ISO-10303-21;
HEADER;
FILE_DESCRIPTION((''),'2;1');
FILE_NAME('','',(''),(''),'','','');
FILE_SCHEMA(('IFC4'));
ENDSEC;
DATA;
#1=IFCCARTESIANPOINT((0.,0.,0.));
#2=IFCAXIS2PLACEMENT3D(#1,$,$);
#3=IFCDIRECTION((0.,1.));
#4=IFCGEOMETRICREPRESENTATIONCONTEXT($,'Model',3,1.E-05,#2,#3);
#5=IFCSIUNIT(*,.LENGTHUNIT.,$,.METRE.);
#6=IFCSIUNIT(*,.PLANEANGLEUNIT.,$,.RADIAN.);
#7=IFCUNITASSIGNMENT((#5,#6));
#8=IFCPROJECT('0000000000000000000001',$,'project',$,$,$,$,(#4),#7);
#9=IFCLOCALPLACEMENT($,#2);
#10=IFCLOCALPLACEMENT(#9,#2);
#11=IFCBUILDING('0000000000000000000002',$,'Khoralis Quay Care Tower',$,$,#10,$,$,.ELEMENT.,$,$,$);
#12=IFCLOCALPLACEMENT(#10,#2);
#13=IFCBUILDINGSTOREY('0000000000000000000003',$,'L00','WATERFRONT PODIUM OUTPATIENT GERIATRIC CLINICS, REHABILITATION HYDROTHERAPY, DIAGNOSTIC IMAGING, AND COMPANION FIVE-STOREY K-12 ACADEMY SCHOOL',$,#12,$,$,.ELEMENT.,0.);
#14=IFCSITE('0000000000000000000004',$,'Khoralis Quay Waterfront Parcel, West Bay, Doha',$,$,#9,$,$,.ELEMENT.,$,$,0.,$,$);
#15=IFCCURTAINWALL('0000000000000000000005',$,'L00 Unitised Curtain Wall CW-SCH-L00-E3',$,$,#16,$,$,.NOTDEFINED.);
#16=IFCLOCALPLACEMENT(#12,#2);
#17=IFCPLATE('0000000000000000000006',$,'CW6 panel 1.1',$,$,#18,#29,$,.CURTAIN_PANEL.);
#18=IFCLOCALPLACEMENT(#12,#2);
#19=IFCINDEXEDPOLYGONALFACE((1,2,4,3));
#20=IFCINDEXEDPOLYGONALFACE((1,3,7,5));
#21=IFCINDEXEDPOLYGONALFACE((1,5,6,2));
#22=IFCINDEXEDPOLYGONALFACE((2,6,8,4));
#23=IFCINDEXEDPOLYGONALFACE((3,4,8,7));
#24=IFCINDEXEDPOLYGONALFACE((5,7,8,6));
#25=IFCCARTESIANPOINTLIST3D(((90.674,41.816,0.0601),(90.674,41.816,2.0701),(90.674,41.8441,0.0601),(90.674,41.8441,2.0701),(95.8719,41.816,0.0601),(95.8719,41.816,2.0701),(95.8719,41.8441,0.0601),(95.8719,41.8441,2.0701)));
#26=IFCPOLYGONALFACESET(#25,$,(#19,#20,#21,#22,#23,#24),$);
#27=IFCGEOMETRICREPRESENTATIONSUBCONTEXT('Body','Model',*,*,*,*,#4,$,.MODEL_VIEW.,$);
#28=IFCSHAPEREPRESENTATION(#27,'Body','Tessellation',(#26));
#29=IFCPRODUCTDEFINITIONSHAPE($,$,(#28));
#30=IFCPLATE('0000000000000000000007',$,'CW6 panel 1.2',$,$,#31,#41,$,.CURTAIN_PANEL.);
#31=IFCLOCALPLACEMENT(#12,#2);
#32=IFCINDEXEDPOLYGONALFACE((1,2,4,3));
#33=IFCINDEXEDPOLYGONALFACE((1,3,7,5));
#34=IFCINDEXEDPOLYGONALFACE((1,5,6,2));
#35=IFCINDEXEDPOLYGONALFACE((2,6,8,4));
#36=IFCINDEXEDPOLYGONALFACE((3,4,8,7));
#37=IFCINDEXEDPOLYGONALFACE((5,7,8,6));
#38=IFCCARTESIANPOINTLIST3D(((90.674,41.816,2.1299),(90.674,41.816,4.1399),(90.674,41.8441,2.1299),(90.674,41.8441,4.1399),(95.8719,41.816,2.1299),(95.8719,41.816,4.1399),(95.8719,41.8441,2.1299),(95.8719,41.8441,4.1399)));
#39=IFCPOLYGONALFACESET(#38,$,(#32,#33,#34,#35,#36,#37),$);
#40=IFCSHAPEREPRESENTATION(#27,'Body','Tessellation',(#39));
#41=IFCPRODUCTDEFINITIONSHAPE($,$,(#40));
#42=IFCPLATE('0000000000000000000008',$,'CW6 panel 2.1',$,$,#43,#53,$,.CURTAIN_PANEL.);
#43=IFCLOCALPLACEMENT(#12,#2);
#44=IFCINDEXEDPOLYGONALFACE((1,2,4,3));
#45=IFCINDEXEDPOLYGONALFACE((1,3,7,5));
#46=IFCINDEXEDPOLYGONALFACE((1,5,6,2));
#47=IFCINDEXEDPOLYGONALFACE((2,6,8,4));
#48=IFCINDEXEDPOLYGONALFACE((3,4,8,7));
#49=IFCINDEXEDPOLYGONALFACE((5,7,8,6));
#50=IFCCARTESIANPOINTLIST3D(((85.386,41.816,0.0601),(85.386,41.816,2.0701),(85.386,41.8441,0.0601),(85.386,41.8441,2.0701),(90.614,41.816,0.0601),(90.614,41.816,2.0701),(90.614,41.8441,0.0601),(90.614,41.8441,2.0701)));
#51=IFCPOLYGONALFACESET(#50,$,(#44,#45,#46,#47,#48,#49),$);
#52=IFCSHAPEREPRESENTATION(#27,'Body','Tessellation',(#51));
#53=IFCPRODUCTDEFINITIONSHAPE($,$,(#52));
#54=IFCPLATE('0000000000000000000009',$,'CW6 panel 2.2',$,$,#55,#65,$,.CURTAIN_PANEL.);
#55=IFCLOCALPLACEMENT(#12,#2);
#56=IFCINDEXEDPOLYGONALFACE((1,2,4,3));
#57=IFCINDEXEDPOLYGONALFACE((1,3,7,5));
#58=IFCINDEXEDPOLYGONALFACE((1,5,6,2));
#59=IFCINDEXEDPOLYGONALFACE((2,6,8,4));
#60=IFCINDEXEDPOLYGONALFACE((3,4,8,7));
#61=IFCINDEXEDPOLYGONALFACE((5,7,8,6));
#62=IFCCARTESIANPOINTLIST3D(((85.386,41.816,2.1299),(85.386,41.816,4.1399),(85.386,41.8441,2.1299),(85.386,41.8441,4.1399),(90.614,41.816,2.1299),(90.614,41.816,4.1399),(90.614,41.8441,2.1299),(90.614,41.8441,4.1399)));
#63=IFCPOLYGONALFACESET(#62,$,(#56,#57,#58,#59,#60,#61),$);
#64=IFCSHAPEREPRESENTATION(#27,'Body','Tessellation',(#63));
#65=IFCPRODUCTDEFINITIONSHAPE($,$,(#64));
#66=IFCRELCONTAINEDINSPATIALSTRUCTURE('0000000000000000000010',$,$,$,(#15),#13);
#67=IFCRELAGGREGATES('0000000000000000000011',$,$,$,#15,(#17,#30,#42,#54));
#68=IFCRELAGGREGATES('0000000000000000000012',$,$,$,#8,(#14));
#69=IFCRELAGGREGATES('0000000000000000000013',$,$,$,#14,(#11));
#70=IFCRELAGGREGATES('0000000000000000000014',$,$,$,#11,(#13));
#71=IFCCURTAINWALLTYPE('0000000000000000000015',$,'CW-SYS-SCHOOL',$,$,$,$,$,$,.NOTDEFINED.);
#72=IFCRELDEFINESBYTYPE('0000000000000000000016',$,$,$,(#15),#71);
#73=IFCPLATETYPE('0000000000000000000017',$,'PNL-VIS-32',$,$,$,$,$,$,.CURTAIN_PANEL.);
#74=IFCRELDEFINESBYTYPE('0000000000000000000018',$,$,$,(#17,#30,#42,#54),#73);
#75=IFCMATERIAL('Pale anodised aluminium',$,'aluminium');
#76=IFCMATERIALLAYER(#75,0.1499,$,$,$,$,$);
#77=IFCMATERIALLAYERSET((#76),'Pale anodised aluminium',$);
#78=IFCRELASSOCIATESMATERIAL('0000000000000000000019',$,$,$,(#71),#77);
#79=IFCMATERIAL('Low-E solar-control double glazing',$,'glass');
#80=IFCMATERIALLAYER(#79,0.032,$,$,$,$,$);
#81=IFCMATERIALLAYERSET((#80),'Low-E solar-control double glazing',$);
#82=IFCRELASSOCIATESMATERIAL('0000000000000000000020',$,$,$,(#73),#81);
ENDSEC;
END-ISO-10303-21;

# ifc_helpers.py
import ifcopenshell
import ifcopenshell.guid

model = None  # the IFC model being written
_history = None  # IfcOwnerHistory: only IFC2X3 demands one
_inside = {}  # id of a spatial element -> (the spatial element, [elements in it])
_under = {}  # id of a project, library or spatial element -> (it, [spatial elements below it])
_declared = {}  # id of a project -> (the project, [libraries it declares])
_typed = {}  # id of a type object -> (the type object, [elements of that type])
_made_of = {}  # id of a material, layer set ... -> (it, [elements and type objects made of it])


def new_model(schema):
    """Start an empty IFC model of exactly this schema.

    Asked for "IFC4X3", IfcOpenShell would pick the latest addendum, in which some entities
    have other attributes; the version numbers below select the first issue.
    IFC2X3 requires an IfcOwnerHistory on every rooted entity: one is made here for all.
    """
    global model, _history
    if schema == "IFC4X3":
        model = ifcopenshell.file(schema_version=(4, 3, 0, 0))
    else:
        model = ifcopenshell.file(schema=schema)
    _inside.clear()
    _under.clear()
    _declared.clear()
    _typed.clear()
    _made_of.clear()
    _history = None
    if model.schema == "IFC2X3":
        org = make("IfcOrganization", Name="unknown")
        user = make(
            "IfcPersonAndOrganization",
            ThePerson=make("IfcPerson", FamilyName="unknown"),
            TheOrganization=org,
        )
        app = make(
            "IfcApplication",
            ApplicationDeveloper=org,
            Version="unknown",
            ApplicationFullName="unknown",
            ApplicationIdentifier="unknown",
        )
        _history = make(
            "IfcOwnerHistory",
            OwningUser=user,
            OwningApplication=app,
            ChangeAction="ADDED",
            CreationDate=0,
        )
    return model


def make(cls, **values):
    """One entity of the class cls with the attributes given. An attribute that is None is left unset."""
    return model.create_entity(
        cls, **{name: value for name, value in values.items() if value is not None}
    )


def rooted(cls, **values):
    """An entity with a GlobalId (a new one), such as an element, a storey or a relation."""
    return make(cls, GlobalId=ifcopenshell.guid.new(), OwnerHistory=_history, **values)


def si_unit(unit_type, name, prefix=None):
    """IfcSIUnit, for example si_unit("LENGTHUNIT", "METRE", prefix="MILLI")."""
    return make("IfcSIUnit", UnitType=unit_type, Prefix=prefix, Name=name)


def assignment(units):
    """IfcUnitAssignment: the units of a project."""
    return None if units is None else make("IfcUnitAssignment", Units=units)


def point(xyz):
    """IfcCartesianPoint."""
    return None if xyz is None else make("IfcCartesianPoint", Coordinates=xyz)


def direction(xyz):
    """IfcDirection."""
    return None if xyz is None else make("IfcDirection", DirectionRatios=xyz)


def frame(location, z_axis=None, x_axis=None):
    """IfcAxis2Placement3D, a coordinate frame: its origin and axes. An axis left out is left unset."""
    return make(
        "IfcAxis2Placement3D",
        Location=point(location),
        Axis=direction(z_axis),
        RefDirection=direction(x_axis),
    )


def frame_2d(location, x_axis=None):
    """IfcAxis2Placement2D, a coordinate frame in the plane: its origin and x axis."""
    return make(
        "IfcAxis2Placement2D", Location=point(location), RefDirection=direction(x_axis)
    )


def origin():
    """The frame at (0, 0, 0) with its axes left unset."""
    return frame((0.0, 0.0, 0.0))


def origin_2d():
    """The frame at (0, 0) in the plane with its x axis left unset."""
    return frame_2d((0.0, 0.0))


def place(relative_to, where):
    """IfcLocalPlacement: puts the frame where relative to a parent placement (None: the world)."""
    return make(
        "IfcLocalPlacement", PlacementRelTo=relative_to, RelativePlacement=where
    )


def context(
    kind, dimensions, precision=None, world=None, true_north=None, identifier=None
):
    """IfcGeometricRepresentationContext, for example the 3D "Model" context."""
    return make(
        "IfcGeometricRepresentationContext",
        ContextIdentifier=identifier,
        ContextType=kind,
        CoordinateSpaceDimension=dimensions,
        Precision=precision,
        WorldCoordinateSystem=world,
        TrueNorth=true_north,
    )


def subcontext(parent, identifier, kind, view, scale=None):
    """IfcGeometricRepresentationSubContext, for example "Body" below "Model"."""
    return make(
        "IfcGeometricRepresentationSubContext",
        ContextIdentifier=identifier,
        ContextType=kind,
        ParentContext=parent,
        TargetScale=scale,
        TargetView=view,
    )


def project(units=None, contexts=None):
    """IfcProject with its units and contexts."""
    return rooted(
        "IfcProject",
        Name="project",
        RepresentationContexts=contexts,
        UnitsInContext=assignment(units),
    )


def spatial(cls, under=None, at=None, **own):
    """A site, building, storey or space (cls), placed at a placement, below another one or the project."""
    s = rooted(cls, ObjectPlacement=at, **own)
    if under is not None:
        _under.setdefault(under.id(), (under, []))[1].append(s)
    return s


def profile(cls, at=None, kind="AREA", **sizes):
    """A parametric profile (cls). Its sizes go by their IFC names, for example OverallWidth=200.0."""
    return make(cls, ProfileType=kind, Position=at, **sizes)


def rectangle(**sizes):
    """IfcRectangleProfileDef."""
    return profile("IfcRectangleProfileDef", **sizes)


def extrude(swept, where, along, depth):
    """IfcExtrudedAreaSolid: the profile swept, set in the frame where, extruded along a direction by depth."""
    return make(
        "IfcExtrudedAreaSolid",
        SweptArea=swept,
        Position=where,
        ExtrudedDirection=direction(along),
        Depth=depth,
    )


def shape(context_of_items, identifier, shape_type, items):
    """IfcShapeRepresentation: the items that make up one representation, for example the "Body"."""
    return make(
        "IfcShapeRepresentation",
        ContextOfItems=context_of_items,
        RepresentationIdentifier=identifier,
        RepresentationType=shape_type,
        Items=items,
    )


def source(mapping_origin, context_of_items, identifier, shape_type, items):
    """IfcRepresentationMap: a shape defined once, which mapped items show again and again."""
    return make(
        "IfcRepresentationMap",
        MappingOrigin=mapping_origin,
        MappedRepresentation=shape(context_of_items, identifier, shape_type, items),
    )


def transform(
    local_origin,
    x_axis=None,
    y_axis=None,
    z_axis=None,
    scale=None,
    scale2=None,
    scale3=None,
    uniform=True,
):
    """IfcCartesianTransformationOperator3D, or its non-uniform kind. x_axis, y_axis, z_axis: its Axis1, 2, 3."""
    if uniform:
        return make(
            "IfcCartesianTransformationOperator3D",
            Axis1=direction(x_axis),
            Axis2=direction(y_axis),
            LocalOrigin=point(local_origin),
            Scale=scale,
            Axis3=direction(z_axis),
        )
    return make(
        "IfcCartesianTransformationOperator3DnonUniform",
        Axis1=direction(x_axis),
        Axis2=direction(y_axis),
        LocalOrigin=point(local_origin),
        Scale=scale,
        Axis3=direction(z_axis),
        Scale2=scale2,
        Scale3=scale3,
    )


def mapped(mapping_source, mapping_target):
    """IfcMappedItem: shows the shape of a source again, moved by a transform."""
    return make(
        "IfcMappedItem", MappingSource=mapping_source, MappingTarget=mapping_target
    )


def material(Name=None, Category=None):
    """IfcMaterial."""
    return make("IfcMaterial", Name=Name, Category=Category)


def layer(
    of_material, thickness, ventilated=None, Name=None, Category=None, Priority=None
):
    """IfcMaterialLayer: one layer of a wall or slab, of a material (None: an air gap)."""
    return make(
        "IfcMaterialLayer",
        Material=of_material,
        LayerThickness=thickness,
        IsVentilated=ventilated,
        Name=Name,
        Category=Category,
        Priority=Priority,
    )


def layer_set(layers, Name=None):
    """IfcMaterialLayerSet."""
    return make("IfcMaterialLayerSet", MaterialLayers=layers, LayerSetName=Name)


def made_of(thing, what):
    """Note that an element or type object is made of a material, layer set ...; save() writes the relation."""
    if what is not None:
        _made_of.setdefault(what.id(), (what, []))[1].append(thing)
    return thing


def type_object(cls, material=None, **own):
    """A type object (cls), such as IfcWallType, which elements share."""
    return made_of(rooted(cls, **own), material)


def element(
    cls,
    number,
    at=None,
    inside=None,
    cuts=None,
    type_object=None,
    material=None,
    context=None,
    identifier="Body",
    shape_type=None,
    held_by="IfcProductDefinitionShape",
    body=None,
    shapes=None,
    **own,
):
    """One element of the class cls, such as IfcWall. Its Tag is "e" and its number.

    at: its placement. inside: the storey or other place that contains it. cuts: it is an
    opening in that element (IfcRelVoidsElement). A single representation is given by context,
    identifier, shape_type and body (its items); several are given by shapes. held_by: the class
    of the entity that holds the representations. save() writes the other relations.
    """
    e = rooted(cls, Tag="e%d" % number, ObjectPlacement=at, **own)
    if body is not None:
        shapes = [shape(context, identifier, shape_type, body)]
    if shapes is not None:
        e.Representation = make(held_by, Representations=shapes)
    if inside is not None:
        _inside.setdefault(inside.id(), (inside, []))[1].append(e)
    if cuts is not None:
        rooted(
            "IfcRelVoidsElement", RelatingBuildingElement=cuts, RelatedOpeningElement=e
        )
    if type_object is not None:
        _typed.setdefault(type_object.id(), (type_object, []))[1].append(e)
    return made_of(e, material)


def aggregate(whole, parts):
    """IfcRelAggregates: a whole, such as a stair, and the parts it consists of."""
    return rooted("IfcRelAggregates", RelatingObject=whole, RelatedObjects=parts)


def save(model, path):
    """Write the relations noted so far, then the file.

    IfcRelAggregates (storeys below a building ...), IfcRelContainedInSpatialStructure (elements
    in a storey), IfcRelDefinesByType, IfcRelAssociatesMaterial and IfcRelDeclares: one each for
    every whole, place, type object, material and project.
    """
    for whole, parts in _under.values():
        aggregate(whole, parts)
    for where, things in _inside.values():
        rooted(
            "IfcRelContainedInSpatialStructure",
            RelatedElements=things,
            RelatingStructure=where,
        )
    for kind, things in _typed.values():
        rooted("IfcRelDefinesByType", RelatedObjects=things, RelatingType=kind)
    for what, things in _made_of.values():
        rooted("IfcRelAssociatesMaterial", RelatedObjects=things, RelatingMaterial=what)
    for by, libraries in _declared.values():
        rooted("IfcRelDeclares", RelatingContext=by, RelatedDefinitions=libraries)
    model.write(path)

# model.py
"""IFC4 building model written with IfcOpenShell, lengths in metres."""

from ifc_helpers import new_model, si_unit, direction, frame, origin, origin_2d, place, context, subcontext, project, spatial, rectangle, extrude, source, transform, mapped, material, layer, layer_set, type_object, element, aggregate, save


model = new_model("IFC4")

# Units and contexts
model_context = context("Model", 3, precision=1e-05, world=origin(), true_north=direction((0.0, 1.0)))
body_context = subcontext(model_context, "Body", "Model", "MODEL_VIEW")
ifc_project = project(units=[si_unit("LENGTHUNIT", "METRE"), si_unit("PLANEANGLEUNIT", "RADIAN")], contexts=[model_context])

# Site, building, storey
site_placement = place(None, origin())
site = spatial("IfcSite", under=ifc_project, at=site_placement, Name="Khoralis Quay Waterfront Parcel, West Bay, Doha", CompositionType="ELEMENT", RefElevation=0.0)
building_placement = place(site_placement, origin())
building = spatial("IfcBuilding", under=site, at=building_placement, Name="Khoralis Quay Care Tower", CompositionType="ELEMENT")
storey_placement = place(building_placement, origin())
storey = spatial("IfcBuildingStorey", under=building, at=storey_placement, Name="L00", Description="WATERFRONT PODIUM OUTPATIENT GERIATRIC CLINICS, REHABILITATION HYDROTHERAPY, DIAGNOSTIC IMAGING, AND COMPANION FIVE-STOREY K-12 ACADEMY SCHOOL", CompositionType="ELEMENT", Elevation=0.0)

# Curtain wall, plates
ifc_material_1 = material(Name="Pale anodised aluminium", Category="aluminium")
ifc_layer_1 = layer(ifc_material_1, 0.1499)
ifc_layer_set_1 = layer_set([ifc_layer_1], Name="Pale anodised aluminium")
curtain_wall_type = type_object("IfcCurtainWallType", Name="CW-SYS-SCHOOL", PredefinedType="NOTDEFINED", material=ifc_layer_set_1)
curtain_wall_placement = place(storey_placement, origin())
curtain_wall = element("IfcCurtainWall", 1, at=curtain_wall_placement, inside=storey, type_object=curtain_wall_type, Name="L00 Unitised Curtain Wall CW-SCH-L00-E3", PredefinedType="NOTDEFINED")
ifc_material_2 = material(Name="Low-E solar-control double glazing", Category="glass")
ifc_layer_2 = layer(ifc_material_2, 0.032)
ifc_layer_set_2 = layer_set([ifc_layer_2], Name="Low-E solar-control double glazing")
plate_type = type_object("IfcPlateType", Name="PNL-VIS-32", PredefinedType="CURTAIN_PANEL", material=ifc_layer_set_2)
shared_shape_1 = source(origin(), body_context, "Body", "SweptSolid", [
    extrude(rectangle(XDim=5.198, YDim=0.0281, at=origin_2d()), origin(), (0.0, 0.0, 1.0), 2.01),
])
plate_1_placement = place(storey_placement, frame((93.2729, 41.8301, 0.0601), z_axis=(0.0, 0.0, 1.0), x_axis=(-1.0, 0.0, 0.0)))
plate_1 = element("IfcPlate", 2, at=plate_1_placement, type_object=plate_type, Name="CW6 panel 1.1", PredefinedType="CURTAIN_PANEL", context=body_context, shape_type="MappedRepresentation", body=[
    mapped(shared_shape_1, transform((0.0, 0.0, 0.0), scale=1.0)),
])
plate_2_placement = place(storey_placement, frame((93.2729, 41.8301, 2.1299), z_axis=(0.0, 0.0, 1.0), x_axis=(-1.0, 0.0, 0.0)))
plate_2 = element("IfcPlate", 3, at=plate_2_placement, type_object=plate_type, Name="CW6 panel 1.2", PredefinedType="CURTAIN_PANEL", context=body_context, shape_type="MappedRepresentation", body=[
    mapped(shared_shape_1, transform((0.0, 0.0, 0.0), scale=1.0)),
])
shared_shape_2 = source(origin(), body_context, "Body", "SweptSolid", [
    extrude(rectangle(XDim=5.228, YDim=0.0281, at=origin_2d()), origin(), (0.0, 0.0, 1.0), 2.01),
])
plate_3_placement = place(storey_placement, frame((88.0, 41.8301, 0.0601), z_axis=(0.0, 0.0, 1.0), x_axis=(-1.0, 0.0, 0.0)))
plate_3 = element("IfcPlate", 4, at=plate_3_placement, type_object=plate_type, Name="CW6 panel 2.1", PredefinedType="CURTAIN_PANEL", context=body_context, shape_type="MappedRepresentation", body=[
    mapped(shared_shape_2, transform((0.0, 0.0, 0.0), scale=1.0)),
])
plate_4_placement = place(storey_placement, frame((88.0, 41.8301, 2.1299), z_axis=(0.0, 0.0, 1.0), x_axis=(-1.0, 0.0, 0.0)))
plate_4 = element("IfcPlate", 5, at=plate_4_placement, type_object=plate_type, Name="CW6 panel 2.2", PredefinedType="CURTAIN_PANEL", context=body_context, shape_type="MappedRepresentation", body=[
    mapped(shared_shape_2, transform((0.0, 0.0, 0.0), scale=1.0)),
])
aggregate(curtain_wall, [plate_1, plate_2, plate_3, plate_4])

save(model, "model.ifc")
